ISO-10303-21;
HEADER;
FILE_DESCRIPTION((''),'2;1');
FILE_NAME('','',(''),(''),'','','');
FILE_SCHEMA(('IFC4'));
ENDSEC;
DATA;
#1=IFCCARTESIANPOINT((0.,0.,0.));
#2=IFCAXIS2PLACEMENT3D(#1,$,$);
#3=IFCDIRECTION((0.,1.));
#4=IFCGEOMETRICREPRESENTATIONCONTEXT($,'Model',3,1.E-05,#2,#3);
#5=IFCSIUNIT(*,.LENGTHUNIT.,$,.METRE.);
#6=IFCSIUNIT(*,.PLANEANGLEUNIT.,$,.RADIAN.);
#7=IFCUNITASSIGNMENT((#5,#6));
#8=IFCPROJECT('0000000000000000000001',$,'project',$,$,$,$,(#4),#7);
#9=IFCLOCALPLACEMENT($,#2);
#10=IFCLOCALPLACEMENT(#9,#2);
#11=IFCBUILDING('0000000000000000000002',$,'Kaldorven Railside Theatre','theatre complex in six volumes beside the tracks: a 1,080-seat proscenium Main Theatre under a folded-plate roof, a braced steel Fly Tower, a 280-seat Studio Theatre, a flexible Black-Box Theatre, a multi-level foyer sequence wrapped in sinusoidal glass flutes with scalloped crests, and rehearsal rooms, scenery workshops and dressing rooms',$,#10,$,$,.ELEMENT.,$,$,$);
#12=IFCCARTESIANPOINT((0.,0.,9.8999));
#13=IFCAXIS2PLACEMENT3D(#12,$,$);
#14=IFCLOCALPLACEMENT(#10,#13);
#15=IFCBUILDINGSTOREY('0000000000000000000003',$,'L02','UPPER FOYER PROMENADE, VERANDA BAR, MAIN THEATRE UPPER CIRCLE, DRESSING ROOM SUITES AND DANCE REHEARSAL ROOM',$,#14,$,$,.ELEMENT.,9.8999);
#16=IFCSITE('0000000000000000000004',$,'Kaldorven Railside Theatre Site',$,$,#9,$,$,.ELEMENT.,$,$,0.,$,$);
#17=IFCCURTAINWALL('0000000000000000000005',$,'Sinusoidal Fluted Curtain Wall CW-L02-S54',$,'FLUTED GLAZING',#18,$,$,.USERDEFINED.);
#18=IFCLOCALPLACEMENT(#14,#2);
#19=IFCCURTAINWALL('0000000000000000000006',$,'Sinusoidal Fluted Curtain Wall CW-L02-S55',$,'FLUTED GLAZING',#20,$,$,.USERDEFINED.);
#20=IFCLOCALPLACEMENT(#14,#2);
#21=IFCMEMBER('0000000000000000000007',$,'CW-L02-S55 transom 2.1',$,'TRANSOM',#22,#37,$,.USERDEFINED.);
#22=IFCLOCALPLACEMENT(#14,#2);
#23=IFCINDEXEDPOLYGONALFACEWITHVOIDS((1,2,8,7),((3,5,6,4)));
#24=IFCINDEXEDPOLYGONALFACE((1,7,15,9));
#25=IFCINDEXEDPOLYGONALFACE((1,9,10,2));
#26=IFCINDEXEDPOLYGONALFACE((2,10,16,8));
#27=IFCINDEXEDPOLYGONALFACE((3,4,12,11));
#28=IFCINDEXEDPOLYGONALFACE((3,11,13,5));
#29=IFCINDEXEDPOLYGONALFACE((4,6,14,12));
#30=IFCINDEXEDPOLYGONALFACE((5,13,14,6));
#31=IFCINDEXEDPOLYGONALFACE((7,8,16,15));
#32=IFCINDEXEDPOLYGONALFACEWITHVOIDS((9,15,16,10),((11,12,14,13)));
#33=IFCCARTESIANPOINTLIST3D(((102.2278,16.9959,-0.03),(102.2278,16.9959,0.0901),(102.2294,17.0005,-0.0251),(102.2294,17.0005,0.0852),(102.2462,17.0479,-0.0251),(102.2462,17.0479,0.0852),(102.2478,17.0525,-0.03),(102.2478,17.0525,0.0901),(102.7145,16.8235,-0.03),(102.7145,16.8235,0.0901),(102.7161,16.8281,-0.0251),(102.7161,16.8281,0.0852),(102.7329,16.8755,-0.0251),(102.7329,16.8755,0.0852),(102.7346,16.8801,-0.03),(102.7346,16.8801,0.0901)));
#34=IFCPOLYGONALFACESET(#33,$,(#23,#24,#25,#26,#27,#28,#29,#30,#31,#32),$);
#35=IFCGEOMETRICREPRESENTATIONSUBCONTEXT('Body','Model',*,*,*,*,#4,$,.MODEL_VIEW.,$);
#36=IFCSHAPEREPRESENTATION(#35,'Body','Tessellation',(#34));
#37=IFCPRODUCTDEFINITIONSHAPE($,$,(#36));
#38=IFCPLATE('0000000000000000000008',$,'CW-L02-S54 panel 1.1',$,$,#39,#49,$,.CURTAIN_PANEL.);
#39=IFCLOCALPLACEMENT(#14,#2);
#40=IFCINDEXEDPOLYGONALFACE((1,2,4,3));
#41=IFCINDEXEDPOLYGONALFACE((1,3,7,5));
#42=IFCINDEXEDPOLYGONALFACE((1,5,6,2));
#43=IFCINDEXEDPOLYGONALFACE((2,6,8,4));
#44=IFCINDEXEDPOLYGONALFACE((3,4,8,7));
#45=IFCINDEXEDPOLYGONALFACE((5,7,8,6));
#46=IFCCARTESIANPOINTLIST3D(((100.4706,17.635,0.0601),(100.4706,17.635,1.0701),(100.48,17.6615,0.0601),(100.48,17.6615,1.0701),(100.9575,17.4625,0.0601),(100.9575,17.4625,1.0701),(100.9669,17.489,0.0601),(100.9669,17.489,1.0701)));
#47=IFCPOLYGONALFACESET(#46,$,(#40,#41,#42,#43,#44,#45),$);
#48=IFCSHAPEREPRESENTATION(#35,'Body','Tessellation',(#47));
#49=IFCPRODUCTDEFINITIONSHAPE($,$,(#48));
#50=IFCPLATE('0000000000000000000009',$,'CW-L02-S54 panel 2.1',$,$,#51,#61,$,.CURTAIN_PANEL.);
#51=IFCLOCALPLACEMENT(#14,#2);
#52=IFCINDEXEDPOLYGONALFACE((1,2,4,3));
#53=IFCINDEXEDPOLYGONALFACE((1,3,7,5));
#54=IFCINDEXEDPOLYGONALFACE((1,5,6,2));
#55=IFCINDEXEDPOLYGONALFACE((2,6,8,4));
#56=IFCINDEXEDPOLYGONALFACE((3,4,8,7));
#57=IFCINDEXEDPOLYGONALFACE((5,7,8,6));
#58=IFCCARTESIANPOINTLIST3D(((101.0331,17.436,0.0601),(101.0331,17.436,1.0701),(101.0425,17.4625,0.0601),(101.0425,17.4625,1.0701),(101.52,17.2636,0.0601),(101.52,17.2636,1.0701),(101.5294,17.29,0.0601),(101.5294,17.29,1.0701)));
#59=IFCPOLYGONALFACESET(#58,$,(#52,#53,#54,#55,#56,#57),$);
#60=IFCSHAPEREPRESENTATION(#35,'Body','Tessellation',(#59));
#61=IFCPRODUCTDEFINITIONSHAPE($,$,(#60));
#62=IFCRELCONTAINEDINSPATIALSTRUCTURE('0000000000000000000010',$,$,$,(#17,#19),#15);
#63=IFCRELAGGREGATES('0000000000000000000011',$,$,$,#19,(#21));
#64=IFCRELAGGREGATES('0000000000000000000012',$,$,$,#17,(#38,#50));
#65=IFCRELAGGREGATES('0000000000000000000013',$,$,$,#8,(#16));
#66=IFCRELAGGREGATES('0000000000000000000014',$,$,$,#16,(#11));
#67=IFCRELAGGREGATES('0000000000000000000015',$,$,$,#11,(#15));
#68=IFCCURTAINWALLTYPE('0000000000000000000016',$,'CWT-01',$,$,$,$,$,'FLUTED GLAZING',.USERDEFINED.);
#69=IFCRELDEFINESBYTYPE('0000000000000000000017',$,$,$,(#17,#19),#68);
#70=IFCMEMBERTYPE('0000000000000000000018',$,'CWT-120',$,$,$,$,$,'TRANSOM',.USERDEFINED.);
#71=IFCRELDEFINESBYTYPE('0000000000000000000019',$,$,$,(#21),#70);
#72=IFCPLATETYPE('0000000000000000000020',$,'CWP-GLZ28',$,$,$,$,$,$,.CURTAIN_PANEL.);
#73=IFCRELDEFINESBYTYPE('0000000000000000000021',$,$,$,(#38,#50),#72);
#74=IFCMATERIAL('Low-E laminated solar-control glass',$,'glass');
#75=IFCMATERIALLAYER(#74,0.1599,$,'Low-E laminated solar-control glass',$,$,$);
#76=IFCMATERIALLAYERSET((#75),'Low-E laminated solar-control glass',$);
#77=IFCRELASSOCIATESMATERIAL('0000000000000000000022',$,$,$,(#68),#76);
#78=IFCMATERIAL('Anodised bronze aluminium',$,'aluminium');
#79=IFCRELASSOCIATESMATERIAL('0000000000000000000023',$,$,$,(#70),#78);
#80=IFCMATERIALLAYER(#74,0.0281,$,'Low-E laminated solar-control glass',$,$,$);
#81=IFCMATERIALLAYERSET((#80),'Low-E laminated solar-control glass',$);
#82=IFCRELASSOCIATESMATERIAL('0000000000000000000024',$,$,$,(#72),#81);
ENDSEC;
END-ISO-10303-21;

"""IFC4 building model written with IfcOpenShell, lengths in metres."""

from ifc_helpers import new_model, si_unit, direction, frame, origin, origin_2d, place, context, subcontext, project, spatial, rectangle, hollow_rectangle, extrude, material, layer, layer_set, material_profile, profile_set, type_object, element, aggregate, save


model = new_model("IFC4")

# Units and contexts
model_context = context("Model", 3, precision=1e-05, world=origin(), true_north=direction((0.0, 1.0)))
body_context = subcontext(model_context, "Body", "Model", "MODEL_VIEW")
ifc_project = project(units=[si_unit("LENGTHUNIT", "METRE"), si_unit("PLANEANGLEUNIT", "RADIAN")], contexts=[model_context])

# Site, building, storey
site_placement = place(None, origin())
site = spatial("IfcSite", under=ifc_project, at=site_placement, Name="Kaldorven Railside Theatre Site", CompositionType="ELEMENT", RefElevation=0.0)
building_placement = place(site_placement, origin())
building = spatial("IfcBuilding", under=site, at=building_placement, Name="Kaldorven Railside Theatre", Description="theatre complex in six volumes beside the tracks: a 1,080-seat proscenium Main Theatre under a folded-plate roof, a braced steel Fly Tower, a 280-seat Studio Theatre, a flexible Black-Box Theatre, a multi-level foyer sequence wrapped in sinusoidal glass flutes with scalloped crests, and rehearsal rooms, scenery workshops and dressing rooms", CompositionType="ELEMENT")
storey_placement = place(building_placement, frame((0.0, 0.0, 9.8999)))
storey = spatial("IfcBuildingStorey", under=building, at=storey_placement, Name="L02", Description="UPPER FOYER PROMENADE, VERANDA BAR, MAIN THEATRE UPPER CIRCLE, DRESSING ROOM SUITES AND DANCE REHEARSAL ROOM", CompositionType="ELEMENT", Elevation=9.8999)

# Shared definitions
ifc_material_1 = material(Name="Low-E laminated solar-control glass", Category="glass")
ifc_material_2 = material(Name="Anodised bronze aluminium", Category="aluminium")

# Curtain walls
ifc_layer_1 = layer(ifc_material_1, 0.1599, Name="Low-E laminated solar-control glass")
ifc_layer_set_1 = layer_set([ifc_layer_1], Name="Low-E laminated solar-control glass")
curtain_wall_type_1 = type_object("IfcCurtainWallType", Name="CWT-01", ElementType="FLUTED GLAZING", PredefinedType="USERDEFINED", material=ifc_layer_set_1)
curtain_wall_1_placement = place(storey_placement, origin())
curtain_wall_1 = element("IfcCurtainWall", 1, at=curtain_wall_1_placement, inside=storey, type_object=curtain_wall_type_1, Name="Sinusoidal Fluted Curtain Wall CW-L02-S54", ObjectType="FLUTED GLAZING", PredefinedType="USERDEFINED")
curtain_wall_2_placement = place(storey_placement, origin())
curtain_wall_2 = element("IfcCurtainWall", 2, at=curtain_wall_2_placement, inside=storey, type_object=curtain_wall_type_1, Name="Sinusoidal Fluted Curtain Wall CW-L02-S55", ObjectType="FLUTED GLAZING", PredefinedType="USERDEFINED")

# Member
ifc_material_profile_1 = material_profile(ifc_material_2, hollow_rectangle(XDim=0.0601, YDim=0.1201, WallThickness=0.0049, at=origin_2d()), Name="RHS 120x60x5")
ifc_profile_set_1 = profile_set([ifc_material_profile_1], Name="Anodised bronze aluminium")
member_type_1 = type_object("IfcMemberType", Name="CWT-120", ElementType="TRANSOM", PredefinedType="USERDEFINED", material=ifc_profile_set_1)
member_1_placement = place(storey_placement, frame((102.2378, 17.0242, 0.03), z_axis=(0.942658, -0.33376, 0.0), x_axis=(0.33376, 0.942658, 0.0)))
member_1 = element("IfcMember", 3, at=member_1_placement, type_object=member_type_1, Name="CW-L02-S55 transom 2.1", ObjectType="TRANSOM", PredefinedType="USERDEFINED", context=body_context, shape_type="SweptSolid", body=[
    extrude(hollow_rectangle(XDim=0.0601, YDim=0.1201, WallThickness=0.0049, at=origin_2d()), origin(), (0.0, 0.0, 1.0), 0.5164),
])
aggregate(curtain_wall_2, [member_1])

# Plates
ifc_layer_2 = layer(ifc_material_1, 0.0281, Name="Low-E laminated solar-control glass")
ifc_layer_set_2 = layer_set([ifc_layer_2], Name="Low-E laminated solar-control glass")
plate_type = type_object("IfcPlateType", Name="CWP-GLZ28", PredefinedType="CURTAIN_PANEL", material=ifc_layer_set_2)
plate_1_placement = place(storey_placement, frame((100.7188, 17.562, 0.0601), z_axis=(0.0, 0.0, 1.0), x_axis=(0.942627, -0.333847, 0.0)))
plate_1 = element("IfcPlate", 4, at=plate_1_placement, type_object=plate_type, Name="CW-L02-S54 panel 1.1", PredefinedType="CURTAIN_PANEL", context=body_context, shape_type="SweptSolid", body=[
    extrude(rectangle(XDim=0.5166, YDim=0.0281, at=origin_2d()), origin(), (0.0, 0.0, 1.0), 1.01),
])
plate_2_placement = place(storey_placement, frame((101.2812, 17.363, 0.0601), z_axis=(0.0, 0.0, 1.0), x_axis=(0.942627, -0.333847, 0.0)))
plate_2 = element("IfcPlate", 5, at=plate_2_placement, type_object=plate_type, Name="CW-L02-S54 panel 2.1", PredefinedType="CURTAIN_PANEL", context=body_context, shape_type="SweptSolid", body=[
    extrude(rectangle(XDim=0.5166, YDim=0.0281, at=origin_2d()), origin(), (0.0, 0.0, 1.0), 1.01),
])
aggregate(curtain_wall_1, [plate_1, plate_2])

save(model, "model.ifc")
